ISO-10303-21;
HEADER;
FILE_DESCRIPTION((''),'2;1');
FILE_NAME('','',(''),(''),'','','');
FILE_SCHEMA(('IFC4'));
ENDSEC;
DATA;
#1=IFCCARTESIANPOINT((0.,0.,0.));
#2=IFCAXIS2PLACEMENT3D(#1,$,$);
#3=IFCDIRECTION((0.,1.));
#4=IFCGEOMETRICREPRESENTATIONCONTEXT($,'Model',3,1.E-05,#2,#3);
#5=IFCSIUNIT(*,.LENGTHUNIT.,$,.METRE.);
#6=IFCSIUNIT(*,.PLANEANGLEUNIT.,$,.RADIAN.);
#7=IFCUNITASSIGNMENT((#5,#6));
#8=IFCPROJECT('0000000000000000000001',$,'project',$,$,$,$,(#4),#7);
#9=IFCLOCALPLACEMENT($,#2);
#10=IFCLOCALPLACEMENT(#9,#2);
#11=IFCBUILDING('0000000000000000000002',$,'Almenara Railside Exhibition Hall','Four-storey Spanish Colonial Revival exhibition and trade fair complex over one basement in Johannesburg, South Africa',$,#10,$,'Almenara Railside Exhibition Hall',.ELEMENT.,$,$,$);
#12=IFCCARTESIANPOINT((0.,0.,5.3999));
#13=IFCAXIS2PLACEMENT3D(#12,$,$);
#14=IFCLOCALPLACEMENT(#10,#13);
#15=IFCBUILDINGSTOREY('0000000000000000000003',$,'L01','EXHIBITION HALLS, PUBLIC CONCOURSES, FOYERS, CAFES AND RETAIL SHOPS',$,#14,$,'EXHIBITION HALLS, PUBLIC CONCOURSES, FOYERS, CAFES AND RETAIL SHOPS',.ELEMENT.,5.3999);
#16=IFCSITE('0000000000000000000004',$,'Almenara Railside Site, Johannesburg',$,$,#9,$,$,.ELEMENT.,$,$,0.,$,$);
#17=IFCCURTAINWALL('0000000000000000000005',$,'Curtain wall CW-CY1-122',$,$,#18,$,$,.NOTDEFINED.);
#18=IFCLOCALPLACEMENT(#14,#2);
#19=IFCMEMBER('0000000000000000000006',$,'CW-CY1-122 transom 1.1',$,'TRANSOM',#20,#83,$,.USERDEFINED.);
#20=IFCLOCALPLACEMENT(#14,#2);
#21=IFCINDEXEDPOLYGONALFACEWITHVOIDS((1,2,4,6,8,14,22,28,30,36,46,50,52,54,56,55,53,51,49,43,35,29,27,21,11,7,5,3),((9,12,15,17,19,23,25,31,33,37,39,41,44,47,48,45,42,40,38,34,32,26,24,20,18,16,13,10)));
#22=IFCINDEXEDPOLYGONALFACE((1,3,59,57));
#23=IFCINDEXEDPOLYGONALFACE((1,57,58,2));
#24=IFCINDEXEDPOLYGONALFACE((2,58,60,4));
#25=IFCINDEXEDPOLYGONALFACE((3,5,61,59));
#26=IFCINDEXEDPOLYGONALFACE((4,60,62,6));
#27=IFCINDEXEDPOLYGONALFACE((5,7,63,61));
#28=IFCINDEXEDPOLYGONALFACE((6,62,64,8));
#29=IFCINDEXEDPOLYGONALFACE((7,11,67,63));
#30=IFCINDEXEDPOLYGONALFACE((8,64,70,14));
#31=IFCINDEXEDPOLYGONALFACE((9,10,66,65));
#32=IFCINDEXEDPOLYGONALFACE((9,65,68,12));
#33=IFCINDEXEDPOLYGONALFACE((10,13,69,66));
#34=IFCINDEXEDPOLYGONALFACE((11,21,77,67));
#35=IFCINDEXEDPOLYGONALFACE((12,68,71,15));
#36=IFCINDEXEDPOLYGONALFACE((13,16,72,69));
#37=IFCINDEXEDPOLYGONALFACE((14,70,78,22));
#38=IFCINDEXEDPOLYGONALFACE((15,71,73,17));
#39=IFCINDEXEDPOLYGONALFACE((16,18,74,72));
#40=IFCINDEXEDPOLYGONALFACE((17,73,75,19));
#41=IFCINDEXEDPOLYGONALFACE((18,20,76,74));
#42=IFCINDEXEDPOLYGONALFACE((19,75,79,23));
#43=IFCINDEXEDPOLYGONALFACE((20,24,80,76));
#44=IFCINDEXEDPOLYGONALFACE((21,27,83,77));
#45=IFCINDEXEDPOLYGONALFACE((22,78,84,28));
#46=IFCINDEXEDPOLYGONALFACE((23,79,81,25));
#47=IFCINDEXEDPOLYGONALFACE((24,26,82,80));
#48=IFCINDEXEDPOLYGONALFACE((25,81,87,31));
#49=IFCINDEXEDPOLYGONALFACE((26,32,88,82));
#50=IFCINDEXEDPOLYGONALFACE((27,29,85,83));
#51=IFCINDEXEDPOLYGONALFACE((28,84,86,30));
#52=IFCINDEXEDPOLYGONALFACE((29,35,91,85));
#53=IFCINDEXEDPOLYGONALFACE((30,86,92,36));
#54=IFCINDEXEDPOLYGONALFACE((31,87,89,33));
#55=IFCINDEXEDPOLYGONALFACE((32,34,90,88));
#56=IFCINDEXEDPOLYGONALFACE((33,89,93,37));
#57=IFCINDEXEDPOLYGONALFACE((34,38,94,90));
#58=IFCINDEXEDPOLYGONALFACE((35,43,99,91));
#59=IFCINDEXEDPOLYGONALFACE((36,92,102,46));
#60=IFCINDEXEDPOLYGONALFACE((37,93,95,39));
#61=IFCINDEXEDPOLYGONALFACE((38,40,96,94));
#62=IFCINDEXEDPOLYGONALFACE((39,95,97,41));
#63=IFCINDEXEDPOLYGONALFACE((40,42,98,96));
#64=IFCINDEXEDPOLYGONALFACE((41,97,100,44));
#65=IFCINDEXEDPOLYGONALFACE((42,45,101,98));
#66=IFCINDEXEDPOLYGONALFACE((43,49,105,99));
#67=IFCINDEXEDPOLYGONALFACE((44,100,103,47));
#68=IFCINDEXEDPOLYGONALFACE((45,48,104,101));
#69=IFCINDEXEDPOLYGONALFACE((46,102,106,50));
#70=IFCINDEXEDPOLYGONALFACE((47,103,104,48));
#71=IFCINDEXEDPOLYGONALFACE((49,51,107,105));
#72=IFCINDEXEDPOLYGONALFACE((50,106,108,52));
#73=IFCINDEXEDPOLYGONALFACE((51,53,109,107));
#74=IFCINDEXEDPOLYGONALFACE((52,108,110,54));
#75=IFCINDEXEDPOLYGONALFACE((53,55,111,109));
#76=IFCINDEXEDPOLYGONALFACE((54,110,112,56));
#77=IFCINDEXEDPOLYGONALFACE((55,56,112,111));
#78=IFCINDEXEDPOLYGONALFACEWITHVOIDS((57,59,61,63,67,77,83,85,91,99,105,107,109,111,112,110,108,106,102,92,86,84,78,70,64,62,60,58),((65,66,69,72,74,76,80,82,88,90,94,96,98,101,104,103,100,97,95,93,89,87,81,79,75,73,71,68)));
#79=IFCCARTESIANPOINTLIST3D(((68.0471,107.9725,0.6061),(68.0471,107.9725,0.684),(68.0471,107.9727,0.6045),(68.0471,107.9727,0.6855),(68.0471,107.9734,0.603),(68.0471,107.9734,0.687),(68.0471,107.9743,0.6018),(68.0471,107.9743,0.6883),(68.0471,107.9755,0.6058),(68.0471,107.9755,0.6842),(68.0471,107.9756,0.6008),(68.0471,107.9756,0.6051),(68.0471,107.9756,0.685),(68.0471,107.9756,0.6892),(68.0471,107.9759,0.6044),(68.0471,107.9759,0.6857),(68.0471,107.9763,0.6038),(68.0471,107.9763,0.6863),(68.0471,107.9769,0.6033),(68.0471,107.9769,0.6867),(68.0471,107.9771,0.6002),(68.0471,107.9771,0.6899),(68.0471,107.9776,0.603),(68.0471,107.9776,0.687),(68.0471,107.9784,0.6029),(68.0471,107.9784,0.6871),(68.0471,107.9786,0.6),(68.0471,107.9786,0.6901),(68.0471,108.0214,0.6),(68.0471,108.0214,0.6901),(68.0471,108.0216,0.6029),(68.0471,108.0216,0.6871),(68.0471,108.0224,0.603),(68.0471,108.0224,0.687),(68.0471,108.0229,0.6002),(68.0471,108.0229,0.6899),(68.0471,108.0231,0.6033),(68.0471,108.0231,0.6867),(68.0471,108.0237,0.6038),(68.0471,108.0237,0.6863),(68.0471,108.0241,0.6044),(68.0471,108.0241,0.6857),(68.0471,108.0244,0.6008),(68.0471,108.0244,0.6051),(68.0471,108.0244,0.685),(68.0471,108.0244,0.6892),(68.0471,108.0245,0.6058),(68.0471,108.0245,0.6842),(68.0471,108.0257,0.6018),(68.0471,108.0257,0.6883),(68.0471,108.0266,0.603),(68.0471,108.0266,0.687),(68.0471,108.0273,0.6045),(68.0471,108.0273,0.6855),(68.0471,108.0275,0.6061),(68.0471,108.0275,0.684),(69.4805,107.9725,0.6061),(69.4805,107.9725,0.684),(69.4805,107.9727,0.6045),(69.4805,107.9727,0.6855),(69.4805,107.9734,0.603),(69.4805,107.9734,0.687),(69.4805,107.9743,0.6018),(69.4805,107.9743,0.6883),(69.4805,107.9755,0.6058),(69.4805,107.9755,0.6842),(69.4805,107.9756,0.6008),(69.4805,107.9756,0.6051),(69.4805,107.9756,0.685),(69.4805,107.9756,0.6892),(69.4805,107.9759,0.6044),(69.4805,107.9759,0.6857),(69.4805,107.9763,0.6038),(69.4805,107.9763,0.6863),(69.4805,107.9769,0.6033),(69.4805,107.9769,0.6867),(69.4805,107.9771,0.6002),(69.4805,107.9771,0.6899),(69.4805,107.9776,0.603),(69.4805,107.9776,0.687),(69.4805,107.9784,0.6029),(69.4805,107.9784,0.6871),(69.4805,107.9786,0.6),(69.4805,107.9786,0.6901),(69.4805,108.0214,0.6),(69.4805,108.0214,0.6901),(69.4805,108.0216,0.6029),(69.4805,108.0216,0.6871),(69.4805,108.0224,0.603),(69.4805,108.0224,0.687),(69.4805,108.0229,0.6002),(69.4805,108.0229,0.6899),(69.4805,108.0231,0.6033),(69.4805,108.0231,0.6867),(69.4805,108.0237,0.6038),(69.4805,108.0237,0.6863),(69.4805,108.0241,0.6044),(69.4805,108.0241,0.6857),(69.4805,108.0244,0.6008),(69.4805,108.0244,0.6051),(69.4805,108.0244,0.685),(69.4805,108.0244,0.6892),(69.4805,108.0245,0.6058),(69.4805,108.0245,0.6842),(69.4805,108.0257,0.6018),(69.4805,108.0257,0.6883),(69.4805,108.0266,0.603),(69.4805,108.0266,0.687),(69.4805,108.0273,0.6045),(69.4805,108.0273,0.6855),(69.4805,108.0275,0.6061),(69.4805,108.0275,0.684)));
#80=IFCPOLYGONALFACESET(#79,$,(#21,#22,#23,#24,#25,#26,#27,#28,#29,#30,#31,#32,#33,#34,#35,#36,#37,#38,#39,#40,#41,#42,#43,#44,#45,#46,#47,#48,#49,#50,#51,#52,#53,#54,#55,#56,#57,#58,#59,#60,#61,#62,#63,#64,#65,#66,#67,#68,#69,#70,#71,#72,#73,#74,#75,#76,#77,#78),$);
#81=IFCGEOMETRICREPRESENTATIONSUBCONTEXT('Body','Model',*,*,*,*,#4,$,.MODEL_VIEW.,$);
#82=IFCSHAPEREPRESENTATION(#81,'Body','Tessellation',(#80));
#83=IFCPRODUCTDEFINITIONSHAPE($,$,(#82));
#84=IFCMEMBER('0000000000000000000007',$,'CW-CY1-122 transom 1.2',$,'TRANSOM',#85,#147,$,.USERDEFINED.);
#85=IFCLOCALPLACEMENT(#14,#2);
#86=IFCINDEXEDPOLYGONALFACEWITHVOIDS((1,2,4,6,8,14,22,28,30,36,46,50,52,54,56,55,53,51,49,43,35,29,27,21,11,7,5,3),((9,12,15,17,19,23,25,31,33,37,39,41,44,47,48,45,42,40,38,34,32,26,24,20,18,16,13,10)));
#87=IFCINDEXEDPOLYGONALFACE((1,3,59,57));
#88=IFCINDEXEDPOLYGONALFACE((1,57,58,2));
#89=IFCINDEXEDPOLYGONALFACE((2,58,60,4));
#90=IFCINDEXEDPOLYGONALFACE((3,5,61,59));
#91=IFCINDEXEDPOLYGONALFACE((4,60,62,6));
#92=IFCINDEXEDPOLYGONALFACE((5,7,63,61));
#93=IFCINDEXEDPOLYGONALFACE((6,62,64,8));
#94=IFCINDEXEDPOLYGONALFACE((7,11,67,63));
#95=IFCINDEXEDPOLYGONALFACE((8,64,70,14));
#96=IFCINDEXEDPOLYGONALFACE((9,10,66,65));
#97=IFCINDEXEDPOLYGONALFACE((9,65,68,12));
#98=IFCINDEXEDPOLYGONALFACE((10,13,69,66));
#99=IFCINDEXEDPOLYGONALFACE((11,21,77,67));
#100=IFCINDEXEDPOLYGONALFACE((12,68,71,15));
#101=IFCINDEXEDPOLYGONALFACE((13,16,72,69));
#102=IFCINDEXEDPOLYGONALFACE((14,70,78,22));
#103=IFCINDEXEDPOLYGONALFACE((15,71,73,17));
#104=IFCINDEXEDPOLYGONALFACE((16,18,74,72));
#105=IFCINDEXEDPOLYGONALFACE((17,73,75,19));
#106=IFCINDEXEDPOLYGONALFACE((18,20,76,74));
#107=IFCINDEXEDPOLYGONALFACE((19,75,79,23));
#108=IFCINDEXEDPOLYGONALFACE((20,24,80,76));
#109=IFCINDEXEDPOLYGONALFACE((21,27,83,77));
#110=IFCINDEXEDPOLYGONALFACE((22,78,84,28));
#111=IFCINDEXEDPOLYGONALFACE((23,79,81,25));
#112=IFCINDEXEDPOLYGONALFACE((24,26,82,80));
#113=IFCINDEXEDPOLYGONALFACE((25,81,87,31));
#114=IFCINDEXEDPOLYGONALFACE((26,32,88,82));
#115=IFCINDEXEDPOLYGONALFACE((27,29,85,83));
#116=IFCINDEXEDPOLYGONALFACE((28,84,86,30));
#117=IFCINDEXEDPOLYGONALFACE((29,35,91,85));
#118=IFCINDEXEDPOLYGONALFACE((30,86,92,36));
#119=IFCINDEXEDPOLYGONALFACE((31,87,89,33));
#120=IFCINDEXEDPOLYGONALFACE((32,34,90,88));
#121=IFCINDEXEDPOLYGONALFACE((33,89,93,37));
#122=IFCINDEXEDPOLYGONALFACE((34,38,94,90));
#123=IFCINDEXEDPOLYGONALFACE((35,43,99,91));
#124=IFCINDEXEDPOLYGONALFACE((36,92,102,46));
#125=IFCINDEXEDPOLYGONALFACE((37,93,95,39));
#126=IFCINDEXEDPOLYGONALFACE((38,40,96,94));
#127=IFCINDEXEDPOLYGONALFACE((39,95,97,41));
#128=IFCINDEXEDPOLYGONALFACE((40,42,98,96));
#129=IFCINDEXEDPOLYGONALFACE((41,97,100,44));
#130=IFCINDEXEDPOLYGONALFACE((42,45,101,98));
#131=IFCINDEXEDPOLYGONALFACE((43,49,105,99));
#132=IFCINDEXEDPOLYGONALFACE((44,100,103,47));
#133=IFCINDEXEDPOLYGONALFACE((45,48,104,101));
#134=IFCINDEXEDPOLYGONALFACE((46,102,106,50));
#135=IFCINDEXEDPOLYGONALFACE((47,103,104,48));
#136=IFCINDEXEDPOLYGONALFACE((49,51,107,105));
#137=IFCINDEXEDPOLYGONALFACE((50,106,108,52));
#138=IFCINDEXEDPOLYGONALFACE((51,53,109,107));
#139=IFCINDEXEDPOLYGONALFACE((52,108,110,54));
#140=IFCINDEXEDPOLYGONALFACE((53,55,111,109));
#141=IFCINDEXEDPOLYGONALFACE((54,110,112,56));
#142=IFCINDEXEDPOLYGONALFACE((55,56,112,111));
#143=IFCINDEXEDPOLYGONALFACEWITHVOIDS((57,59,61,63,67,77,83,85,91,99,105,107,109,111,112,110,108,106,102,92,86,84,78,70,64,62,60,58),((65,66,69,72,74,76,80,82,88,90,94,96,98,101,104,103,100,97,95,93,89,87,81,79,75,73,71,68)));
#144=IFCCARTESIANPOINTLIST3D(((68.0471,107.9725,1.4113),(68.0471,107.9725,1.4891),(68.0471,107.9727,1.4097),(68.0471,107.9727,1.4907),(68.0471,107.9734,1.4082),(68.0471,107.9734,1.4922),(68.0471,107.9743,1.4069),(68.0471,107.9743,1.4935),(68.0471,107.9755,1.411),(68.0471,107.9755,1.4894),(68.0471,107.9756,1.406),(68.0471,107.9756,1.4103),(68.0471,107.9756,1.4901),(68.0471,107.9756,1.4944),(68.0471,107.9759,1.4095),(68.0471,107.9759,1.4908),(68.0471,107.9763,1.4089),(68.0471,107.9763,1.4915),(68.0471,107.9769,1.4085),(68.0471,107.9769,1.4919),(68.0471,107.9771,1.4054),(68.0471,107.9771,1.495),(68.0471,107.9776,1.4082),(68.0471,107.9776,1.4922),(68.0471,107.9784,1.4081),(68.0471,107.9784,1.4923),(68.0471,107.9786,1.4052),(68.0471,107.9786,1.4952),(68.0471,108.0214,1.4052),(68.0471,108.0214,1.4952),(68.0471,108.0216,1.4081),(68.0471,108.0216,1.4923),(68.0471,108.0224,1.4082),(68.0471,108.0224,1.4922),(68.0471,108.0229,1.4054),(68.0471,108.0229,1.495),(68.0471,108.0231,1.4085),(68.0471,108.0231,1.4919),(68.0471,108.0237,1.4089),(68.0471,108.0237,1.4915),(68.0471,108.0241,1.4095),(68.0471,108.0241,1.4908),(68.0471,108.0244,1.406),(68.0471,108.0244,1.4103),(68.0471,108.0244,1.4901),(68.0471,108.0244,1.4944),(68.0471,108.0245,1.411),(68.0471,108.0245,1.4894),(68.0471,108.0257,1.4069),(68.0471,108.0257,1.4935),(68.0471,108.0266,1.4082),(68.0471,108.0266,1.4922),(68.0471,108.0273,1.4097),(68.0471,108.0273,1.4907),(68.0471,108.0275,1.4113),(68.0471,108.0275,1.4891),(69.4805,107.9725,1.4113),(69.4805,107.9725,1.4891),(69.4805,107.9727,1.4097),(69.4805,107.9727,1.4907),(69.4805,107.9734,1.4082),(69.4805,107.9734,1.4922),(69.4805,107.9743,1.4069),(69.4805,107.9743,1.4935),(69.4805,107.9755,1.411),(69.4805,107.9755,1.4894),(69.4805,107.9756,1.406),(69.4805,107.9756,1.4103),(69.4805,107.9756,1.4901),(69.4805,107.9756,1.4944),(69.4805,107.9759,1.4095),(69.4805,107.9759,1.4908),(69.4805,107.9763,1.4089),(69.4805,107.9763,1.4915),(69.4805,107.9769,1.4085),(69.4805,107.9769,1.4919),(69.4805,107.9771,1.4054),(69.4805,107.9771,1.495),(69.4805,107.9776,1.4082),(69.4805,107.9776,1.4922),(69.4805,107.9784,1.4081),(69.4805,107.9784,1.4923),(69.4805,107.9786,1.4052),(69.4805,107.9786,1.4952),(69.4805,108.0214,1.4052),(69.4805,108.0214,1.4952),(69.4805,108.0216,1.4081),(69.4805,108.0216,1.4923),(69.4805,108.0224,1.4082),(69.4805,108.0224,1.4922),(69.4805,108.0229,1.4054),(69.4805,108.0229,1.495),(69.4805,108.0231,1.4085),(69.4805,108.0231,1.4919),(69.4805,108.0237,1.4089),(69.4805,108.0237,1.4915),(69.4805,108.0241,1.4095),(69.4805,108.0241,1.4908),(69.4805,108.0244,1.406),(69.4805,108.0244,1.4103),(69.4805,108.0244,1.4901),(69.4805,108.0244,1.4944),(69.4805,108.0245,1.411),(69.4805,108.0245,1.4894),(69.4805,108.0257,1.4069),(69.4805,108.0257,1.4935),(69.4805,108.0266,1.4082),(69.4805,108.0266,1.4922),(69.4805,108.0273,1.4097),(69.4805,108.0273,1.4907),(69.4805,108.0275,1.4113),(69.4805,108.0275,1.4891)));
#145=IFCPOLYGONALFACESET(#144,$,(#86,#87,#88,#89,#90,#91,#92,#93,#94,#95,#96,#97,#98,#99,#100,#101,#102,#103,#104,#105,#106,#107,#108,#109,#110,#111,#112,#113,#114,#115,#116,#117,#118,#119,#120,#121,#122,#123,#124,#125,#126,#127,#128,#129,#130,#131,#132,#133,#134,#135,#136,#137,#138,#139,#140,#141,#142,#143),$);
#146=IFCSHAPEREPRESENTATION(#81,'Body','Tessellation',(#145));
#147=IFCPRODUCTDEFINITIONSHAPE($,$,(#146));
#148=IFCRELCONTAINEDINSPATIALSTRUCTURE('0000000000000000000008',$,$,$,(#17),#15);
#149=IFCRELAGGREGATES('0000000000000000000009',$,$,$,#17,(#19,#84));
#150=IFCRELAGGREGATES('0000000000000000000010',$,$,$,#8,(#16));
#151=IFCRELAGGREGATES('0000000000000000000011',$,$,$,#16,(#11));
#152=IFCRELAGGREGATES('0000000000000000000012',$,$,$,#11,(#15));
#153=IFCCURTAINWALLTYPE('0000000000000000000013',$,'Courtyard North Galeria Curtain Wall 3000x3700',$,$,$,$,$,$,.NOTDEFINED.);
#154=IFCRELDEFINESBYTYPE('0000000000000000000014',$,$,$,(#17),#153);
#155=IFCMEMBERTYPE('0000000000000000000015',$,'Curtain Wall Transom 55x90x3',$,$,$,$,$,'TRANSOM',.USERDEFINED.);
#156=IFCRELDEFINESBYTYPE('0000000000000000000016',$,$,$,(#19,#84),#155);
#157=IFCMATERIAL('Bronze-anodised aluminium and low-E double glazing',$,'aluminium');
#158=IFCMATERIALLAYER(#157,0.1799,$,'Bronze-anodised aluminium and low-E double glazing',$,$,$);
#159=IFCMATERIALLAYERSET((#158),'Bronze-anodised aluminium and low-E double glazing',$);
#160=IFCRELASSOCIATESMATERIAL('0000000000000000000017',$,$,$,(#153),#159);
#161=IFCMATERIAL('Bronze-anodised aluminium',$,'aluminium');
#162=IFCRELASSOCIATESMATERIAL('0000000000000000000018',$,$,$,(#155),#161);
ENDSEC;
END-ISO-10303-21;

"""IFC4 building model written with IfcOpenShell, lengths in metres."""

from ifc_helpers import new_model, si_unit, direction, frame, origin, origin_2d, place, context, subcontext, project, spatial, hollow_rectangle, extrude, material, layer, layer_set, material_profile, profile_set, type_object, element, aggregate, save


model = new_model("IFC4")

# Units and contexts
model_context = context("Model", 3, precision=1e-05, world=origin(), true_north=direction((0.0, 1.0)))
body_context = subcontext(model_context, "Body", "Model", "MODEL_VIEW")
ifc_project = project(units=[si_unit("LENGTHUNIT", "METRE"), si_unit("PLANEANGLEUNIT", "RADIAN")], contexts=[model_context])

# Site, building, storey
site_placement = place(None, origin())
site = spatial("IfcSite", under=ifc_project, at=site_placement, Name="Almenara Railside Site, Johannesburg", CompositionType="ELEMENT", RefElevation=0.0)
building_placement = place(site_placement, origin())
building = spatial("IfcBuilding", under=site, at=building_placement, Name="Almenara Railside Exhibition Hall", Description="Four-storey Spanish Colonial Revival exhibition and trade fair complex over one basement in Johannesburg, South Africa", LongName="Almenara Railside Exhibition Hall", CompositionType="ELEMENT")
storey_placement = place(building_placement, frame((0.0, 0.0, 5.3999)))
storey = spatial("IfcBuildingStorey", under=building, at=storey_placement, Name="L01", Description="EXHIBITION HALLS, PUBLIC CONCOURSES, FOYERS, CAFES AND RETAIL SHOPS", LongName="EXHIBITION HALLS, PUBLIC CONCOURSES, FOYERS, CAFES AND RETAIL SHOPS", CompositionType="ELEMENT", Elevation=5.3999)

# Curtain wall, members
ifc_material_1 = material(Name="Bronze-anodised aluminium and low-E double glazing", Category="aluminium")
ifc_layer_1 = layer(ifc_material_1, 0.1799, Name="Bronze-anodised aluminium and low-E double glazing")
ifc_layer_set_1 = layer_set([ifc_layer_1], Name="Bronze-anodised aluminium and low-E double glazing")
curtain_wall_type = type_object("IfcCurtainWallType", Name="Courtyard North Galeria Curtain Wall 3000x3700", PredefinedType="NOTDEFINED", material=ifc_layer_set_1)
curtain_wall_placement = place(storey_placement, origin())
curtain_wall = element("IfcCurtainWall", 1, at=curtain_wall_placement, inside=storey, type_object=curtain_wall_type, Name="Curtain wall CW-CY1-122", PredefinedType="NOTDEFINED")
ifc_material_2 = material(Name="Bronze-anodised aluminium", Category="aluminium")
ifc_material_profile_1 = material_profile(ifc_material_2, hollow_rectangle(XDim=0.0549, YDim=0.0901, WallThickness=0.0029, InnerFilletRadius=0.0029, OuterFilletRadius=0.0061, at=origin_2d()), Name="ALU-TRN 55x90x3")
ifc_profile_set_1 = profile_set([ifc_material_profile_1], Name="Bronze-anodised aluminium")
member_type_1 = type_object("IfcMemberType", Name="Curtain Wall Transom 55x90x3", ElementType="TRANSOM", PredefinedType="USERDEFINED", material=ifc_profile_set_1)
member_1_placement = place(storey_placement, frame((68.0471, 108.0, 0.645), z_axis=(1.0, 0.0, 0.0), x_axis=(0.0, 1.0, 0.0)))
member_1 = element("IfcMember", 2, at=member_1_placement, type_object=member_type_1, Name="CW-CY1-122 transom 1.1", ObjectType="TRANSOM", PredefinedType="USERDEFINED", context=body_context, shape_type="SweptSolid", body=[
    extrude(hollow_rectangle(XDim=0.0549, YDim=0.0901, WallThickness=0.0029, InnerFilletRadius=0.0029, OuterFilletRadius=0.0061, at=origin_2d()), origin(), (0.0, 0.0, 1.0), 1.4333),
])
member_2_placement = place(storey_placement, frame((68.0471, 108.0, 1.4502), z_axis=(1.0, 0.0, 0.0), x_axis=(0.0, 1.0, 0.0)))
member_2 = element("IfcMember", 3, at=member_2_placement, type_object=member_type_1, Name="CW-CY1-122 transom 1.2", ObjectType="TRANSOM", PredefinedType="USERDEFINED", context=body_context, shape_type="SweptSolid", body=[
    extrude(hollow_rectangle(XDim=0.0549, YDim=0.0901, WallThickness=0.0029, InnerFilletRadius=0.0029, OuterFilletRadius=0.0061, at=origin_2d()), origin(), (0.0, 0.0, 1.0), 1.4333),
])

aggregate(curtain_wall, [member_1, member_2])

save(model, "model.ifc")
